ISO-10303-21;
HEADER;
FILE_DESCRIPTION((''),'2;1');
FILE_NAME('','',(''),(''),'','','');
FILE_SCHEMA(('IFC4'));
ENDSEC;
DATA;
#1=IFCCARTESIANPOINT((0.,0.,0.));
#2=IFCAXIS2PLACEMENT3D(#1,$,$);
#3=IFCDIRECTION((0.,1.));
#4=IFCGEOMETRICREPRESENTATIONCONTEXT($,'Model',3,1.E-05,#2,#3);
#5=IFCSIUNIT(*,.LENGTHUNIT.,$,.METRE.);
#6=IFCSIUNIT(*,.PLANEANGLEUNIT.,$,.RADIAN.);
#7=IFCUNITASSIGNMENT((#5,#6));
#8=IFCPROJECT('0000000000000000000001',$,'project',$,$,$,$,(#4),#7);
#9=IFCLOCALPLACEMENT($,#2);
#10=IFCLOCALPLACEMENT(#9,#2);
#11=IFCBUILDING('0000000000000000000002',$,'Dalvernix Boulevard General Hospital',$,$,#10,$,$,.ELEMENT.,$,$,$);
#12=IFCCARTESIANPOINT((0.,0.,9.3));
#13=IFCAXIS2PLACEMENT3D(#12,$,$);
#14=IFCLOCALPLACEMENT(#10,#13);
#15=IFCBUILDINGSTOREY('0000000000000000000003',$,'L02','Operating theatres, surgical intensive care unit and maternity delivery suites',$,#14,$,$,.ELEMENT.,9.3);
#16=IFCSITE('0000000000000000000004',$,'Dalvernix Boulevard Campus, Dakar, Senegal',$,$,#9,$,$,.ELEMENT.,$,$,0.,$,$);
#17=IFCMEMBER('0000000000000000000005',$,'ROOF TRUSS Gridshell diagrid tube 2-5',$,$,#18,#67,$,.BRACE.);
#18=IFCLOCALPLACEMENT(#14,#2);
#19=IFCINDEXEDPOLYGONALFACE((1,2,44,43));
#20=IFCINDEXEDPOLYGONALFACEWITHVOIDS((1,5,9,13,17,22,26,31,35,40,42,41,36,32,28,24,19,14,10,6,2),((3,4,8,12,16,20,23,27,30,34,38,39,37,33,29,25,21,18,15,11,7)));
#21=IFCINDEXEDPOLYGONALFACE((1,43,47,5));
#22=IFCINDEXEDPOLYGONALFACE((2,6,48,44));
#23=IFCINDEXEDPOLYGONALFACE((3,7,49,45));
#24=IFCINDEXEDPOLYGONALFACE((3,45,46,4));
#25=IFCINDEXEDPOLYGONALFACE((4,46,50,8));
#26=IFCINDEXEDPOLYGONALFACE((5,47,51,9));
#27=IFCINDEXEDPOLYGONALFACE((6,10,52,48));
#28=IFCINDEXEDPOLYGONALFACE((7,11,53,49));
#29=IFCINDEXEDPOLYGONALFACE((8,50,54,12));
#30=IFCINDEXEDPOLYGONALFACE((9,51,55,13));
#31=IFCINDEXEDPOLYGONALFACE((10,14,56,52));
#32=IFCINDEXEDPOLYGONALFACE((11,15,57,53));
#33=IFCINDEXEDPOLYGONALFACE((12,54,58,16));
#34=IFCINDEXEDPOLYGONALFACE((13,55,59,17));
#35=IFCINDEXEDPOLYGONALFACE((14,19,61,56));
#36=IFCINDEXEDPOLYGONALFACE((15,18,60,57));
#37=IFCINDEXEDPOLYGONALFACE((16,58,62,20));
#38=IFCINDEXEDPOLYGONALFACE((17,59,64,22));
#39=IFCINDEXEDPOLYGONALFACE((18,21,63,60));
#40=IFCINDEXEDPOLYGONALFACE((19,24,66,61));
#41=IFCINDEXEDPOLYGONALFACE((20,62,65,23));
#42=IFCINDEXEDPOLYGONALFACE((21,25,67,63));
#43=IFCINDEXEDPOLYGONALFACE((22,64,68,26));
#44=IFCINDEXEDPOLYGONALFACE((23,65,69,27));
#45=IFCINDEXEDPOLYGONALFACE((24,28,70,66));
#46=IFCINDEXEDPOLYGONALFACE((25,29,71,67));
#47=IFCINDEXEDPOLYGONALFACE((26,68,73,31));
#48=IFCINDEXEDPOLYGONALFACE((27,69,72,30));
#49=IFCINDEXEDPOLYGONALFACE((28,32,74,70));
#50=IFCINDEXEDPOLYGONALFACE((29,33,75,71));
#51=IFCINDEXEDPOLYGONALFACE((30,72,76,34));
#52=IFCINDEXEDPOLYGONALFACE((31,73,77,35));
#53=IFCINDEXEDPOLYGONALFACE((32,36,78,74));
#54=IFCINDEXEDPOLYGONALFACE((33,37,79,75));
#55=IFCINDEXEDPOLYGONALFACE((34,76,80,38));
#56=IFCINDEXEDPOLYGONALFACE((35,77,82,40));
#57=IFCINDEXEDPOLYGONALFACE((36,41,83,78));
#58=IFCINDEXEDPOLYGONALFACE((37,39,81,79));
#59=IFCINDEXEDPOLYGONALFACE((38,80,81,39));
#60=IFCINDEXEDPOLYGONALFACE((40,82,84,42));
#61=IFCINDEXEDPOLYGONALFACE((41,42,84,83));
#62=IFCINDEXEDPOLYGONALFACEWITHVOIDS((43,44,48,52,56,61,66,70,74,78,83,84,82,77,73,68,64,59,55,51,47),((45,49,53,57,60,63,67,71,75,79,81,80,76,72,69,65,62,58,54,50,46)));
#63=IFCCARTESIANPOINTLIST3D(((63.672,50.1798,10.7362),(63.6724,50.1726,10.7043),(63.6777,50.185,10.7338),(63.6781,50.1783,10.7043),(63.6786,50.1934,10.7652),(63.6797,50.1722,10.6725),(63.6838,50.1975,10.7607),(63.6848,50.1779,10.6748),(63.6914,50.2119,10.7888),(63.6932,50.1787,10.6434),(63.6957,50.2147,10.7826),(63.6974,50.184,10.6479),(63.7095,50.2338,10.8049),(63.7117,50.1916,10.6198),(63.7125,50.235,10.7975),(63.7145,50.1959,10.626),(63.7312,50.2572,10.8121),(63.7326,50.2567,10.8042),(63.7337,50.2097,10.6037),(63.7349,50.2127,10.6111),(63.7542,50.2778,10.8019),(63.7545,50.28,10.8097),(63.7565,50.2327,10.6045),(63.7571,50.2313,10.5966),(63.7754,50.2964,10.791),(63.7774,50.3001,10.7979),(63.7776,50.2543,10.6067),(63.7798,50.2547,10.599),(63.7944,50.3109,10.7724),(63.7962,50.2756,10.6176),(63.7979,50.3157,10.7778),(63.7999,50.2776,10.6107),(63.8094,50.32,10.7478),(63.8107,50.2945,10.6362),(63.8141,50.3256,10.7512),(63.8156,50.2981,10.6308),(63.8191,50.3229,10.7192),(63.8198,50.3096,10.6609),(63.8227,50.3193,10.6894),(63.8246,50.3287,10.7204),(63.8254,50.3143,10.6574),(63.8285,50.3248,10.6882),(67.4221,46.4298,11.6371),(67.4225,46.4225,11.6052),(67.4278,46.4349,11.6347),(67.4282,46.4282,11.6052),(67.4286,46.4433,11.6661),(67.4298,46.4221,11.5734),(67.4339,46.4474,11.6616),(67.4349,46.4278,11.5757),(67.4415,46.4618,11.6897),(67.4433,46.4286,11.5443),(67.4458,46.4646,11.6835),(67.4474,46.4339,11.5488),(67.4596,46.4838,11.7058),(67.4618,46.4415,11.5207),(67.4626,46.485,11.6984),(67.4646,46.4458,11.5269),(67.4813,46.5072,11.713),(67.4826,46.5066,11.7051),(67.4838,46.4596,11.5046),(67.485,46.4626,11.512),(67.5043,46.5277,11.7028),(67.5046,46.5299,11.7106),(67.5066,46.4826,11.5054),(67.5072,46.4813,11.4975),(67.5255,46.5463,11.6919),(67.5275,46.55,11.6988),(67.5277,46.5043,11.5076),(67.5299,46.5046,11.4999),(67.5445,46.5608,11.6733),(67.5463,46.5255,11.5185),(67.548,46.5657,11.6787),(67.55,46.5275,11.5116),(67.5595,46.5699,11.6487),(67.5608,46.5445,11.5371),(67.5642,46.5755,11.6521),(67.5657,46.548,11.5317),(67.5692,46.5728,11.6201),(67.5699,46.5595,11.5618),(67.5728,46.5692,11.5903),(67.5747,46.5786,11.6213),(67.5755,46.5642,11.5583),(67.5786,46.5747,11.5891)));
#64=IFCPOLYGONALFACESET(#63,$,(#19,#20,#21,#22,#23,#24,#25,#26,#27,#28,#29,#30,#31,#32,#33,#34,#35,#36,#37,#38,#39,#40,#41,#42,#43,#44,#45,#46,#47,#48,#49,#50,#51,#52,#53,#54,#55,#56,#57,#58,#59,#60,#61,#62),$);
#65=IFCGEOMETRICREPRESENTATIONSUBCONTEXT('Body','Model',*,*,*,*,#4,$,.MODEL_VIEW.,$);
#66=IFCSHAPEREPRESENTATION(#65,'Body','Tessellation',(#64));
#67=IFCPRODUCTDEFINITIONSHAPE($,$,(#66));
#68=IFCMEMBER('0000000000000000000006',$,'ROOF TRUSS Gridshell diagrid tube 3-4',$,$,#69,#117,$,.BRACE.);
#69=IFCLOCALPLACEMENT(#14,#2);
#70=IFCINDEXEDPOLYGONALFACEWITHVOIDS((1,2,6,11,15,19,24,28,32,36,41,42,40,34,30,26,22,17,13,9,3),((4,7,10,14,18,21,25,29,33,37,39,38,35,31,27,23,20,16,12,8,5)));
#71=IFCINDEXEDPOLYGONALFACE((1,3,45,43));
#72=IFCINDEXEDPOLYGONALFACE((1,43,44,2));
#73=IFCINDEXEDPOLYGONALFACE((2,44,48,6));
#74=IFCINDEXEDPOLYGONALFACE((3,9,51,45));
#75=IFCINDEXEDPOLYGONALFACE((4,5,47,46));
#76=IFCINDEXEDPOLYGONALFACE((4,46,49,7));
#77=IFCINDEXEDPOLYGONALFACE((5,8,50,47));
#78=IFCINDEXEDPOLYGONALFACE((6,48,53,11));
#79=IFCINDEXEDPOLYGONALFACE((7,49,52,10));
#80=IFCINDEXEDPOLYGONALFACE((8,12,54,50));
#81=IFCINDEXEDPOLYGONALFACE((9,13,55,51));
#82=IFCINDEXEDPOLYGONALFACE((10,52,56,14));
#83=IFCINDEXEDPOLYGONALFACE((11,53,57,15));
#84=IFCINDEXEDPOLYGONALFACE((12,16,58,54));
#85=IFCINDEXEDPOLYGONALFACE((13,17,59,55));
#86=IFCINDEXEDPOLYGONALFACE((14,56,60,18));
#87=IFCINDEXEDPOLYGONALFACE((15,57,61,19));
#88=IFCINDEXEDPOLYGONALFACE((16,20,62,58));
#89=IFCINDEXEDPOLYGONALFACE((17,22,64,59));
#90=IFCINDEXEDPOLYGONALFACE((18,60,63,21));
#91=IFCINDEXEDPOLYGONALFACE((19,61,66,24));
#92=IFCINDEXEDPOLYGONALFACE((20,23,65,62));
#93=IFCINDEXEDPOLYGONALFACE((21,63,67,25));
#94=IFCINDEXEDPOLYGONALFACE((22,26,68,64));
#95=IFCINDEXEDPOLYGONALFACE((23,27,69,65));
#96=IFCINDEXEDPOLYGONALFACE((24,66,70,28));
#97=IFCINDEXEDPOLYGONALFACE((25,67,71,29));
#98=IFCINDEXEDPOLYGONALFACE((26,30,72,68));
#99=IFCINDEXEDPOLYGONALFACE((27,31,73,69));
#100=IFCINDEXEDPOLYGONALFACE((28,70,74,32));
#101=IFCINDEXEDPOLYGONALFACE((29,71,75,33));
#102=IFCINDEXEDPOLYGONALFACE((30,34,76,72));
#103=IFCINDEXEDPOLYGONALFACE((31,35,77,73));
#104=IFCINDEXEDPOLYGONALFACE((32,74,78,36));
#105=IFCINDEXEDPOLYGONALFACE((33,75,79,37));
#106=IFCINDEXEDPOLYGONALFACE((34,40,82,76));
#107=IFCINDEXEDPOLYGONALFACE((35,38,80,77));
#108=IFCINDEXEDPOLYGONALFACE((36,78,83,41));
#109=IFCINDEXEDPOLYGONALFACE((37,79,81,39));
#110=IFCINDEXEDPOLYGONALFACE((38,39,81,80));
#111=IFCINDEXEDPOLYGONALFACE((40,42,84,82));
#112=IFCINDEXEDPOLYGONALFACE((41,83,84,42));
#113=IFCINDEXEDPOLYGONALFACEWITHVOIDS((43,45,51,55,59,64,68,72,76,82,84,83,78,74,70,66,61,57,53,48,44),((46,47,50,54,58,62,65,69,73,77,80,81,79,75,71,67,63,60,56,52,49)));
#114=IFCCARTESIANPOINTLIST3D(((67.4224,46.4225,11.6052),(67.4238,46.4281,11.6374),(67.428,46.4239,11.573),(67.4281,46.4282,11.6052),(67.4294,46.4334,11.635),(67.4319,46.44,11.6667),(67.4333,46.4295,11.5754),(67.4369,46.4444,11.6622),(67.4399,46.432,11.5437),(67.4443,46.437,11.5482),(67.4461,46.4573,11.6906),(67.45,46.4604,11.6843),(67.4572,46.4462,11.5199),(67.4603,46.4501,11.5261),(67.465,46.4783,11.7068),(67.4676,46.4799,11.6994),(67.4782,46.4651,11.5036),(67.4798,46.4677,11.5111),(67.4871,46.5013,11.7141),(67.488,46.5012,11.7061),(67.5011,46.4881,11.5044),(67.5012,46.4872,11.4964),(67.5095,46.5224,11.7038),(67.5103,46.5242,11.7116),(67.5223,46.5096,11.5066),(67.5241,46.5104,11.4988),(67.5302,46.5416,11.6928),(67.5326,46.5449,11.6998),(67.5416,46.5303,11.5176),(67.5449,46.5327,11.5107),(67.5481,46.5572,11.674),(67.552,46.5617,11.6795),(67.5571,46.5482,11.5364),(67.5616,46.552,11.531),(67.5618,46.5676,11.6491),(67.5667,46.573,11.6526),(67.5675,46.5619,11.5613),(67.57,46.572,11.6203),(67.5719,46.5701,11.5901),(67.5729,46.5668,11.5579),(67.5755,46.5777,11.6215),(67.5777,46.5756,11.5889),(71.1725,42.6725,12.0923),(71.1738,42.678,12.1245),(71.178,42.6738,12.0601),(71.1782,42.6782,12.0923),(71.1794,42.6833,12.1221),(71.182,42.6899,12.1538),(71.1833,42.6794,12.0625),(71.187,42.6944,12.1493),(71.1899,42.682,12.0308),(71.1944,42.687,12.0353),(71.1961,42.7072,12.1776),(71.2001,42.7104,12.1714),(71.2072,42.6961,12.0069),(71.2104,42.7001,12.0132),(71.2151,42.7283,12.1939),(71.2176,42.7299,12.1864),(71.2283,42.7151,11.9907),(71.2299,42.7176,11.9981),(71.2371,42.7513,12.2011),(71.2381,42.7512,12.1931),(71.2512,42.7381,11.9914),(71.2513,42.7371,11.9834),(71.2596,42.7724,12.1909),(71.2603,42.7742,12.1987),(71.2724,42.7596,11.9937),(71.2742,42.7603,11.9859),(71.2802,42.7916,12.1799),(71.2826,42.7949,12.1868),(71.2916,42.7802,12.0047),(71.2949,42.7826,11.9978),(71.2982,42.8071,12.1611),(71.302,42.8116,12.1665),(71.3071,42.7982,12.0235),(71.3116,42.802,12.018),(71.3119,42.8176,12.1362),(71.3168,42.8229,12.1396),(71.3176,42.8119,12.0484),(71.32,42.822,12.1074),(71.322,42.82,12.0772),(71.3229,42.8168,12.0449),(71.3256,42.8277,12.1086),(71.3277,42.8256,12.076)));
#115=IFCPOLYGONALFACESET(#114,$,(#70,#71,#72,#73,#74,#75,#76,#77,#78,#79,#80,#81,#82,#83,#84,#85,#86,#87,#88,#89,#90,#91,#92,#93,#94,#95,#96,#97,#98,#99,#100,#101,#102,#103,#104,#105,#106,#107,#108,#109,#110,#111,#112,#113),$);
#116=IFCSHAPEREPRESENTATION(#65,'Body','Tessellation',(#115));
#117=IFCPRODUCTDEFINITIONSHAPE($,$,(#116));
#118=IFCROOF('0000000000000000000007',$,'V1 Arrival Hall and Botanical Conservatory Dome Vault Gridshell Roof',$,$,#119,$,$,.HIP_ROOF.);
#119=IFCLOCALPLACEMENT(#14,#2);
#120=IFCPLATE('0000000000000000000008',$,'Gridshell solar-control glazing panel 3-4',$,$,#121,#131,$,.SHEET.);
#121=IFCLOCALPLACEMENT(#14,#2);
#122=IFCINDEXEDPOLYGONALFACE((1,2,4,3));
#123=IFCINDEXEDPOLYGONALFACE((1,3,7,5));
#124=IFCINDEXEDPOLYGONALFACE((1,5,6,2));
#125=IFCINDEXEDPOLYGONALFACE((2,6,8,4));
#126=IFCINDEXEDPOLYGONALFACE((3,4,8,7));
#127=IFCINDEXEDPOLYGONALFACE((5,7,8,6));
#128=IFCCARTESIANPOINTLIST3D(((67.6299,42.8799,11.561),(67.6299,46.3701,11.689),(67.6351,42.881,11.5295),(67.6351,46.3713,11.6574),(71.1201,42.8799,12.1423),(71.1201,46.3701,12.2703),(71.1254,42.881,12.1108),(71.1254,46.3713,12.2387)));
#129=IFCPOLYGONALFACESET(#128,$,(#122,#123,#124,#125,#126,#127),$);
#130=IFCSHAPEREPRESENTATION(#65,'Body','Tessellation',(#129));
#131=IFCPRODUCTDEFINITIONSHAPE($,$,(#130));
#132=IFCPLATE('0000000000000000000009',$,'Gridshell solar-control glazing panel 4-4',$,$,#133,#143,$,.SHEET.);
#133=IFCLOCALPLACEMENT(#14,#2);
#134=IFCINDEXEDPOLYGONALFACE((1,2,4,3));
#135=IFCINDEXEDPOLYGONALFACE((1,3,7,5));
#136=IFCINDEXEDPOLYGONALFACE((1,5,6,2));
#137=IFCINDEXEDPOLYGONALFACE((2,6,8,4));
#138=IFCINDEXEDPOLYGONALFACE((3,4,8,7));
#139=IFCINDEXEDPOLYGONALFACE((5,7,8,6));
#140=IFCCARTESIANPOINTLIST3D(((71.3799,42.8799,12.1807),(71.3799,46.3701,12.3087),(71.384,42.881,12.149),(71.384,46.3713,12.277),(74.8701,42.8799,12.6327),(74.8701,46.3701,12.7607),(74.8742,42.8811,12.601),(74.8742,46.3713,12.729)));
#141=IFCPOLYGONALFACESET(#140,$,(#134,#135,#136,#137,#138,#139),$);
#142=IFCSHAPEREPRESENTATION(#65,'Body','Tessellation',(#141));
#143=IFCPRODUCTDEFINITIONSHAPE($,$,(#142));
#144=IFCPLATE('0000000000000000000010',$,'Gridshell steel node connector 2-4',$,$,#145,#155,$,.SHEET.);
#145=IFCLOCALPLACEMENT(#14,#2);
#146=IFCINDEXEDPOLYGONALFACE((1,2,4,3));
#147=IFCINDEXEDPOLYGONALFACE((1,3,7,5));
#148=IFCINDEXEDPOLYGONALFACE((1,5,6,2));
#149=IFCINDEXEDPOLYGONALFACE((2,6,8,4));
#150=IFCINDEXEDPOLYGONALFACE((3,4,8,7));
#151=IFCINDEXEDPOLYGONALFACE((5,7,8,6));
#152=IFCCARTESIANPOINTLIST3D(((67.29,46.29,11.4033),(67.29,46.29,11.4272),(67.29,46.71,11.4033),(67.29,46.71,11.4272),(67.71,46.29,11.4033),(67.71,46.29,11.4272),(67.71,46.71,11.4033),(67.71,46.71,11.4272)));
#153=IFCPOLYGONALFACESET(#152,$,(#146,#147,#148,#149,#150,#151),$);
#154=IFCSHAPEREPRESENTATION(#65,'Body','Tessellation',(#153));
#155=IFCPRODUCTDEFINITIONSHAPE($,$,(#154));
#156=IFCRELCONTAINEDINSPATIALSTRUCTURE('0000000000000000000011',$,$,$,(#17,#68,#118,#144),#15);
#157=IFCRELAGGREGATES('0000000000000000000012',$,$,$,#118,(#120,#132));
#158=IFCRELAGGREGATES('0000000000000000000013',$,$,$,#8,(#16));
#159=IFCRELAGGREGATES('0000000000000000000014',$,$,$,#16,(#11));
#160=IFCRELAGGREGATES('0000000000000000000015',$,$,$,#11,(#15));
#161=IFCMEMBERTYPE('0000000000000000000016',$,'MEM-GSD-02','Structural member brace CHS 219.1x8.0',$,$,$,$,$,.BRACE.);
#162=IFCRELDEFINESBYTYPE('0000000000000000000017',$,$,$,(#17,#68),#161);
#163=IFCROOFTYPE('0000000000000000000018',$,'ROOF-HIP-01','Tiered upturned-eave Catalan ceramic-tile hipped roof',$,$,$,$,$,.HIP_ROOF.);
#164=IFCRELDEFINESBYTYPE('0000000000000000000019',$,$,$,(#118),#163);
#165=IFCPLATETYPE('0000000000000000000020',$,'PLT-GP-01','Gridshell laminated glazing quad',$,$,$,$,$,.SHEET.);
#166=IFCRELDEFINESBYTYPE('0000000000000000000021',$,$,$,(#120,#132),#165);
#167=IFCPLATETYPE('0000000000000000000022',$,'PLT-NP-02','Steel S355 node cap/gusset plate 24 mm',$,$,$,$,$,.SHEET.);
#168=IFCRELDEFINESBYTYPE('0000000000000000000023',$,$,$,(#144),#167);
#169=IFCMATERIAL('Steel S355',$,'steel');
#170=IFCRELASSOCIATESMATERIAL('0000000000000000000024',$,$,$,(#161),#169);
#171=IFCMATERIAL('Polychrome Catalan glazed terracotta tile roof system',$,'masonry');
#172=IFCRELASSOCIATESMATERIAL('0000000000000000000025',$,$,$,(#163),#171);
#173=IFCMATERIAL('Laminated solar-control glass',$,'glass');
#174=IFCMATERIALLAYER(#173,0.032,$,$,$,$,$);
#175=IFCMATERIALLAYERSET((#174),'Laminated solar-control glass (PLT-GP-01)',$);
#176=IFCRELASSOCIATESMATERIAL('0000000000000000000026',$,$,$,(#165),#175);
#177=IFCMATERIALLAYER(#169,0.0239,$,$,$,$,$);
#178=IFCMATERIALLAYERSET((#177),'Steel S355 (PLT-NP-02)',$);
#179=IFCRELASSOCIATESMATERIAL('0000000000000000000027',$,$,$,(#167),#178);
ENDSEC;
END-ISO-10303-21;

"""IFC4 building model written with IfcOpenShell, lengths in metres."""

from ifc_helpers import new_model, si_unit, direction, frame, origin, origin_2d, place, context, subcontext, project, spatial, polyline, rectangle, hollow_circle, outline, extrude, material, layer, layer_set, material_profile, profile_set, type_object, element, aggregate, save


model = new_model("IFC4")

# Units and contexts
model_context = context("Model", 3, precision=1e-05, world=origin(), true_north=direction((0.0, 1.0)))
body_context = subcontext(model_context, "Body", "Model", "MODEL_VIEW")
ifc_project = project(units=[si_unit("LENGTHUNIT", "METRE"), si_unit("PLANEANGLEUNIT", "RADIAN")], contexts=[model_context])

# Site, building, storey
site_placement = place(None, origin())
site = spatial("IfcSite", under=ifc_project, at=site_placement, Name="Dalvernix Boulevard Campus, Dakar, Senegal", CompositionType="ELEMENT", RefElevation=0.0)
building_placement = place(site_placement, origin())
building = spatial("IfcBuilding", under=site, at=building_placement, Name="Dalvernix Boulevard General Hospital", CompositionType="ELEMENT")
storey_placement = place(building_placement, frame((0.0, 0.0, 9.3)))
storey = spatial("IfcBuildingStorey", under=building, at=storey_placement, Name="L02", Description="Operating theatres, surgical intensive care unit and maternity delivery suites", CompositionType="ELEMENT", Elevation=9.3)

# Shared definitions
ifc_material_1 = material(Name="Steel S355", Category="steel")

# Members
ifc_material_profile_1 = material_profile(ifc_material_1, hollow_circle(Radius=0.1096, WallThickness=0.0081, at=origin_2d()), Name="CHS 219.1x8.0")
ifc_profile_set_1 = profile_set([ifc_material_profile_1], Name="Steel S355")
member_type_1 = type_object("IfcMemberType", Name="MEM-GSD-02", Description="Structural member brace CHS 219.1x8.0", PredefinedType="BRACE", material=ifc_profile_set_1)
member_1_placement = place(storey_placement, frame((67.5, 46.5, 11.6052), z_axis=(-0.69712, 0.69712, -0.167472), x_axis=(-0.707107, -0.707107, 0.0)))
element("IfcMember", 1, at=member_1_placement, inside=storey, type_object=member_type_1, Name="ROOF TRUSS Gridshell diagrid tube 2-5", PredefinedType="BRACE", context=body_context, shape_type="SweptSolid", body=[
    extrude(hollow_circle(Radius=0.1096, WallThickness=0.0081, at=origin_2d()), origin(), (0.0, 0.0, 1.0), 5.3794),
])
member_2_placement = place(storey_placement, frame((71.25, 42.75, 12.0923), z_axis=(-0.704143, 0.704143, -0.091456), x_axis=(-0.707107, -0.707107, 0.0)))
element("IfcMember", 2, at=member_2_placement, inside=storey, type_object=member_type_1, Name="ROOF TRUSS Gridshell diagrid tube 3-4", PredefinedType="BRACE", context=body_context, shape_type="SweptSolid", body=[
    extrude(hollow_circle(Radius=0.1096, WallThickness=0.0081, at=origin_2d()), origin(), (0.0, 0.0, 1.0), 5.3257),
])

# Roof, plates
ifc_material_2 = material(Name="Polychrome Catalan glazed terracotta tile roof system", Category="masonry")
roof_type = type_object("IfcRoofType", Name="ROOF-HIP-01", Description="Tiered upturned-eave Catalan ceramic-tile hipped roof", PredefinedType="HIP_ROOF", material=ifc_material_2)
roof_placement = place(storey_placement, origin())
roof = element("IfcRoof", 3, at=roof_placement, inside=storey, type_object=roof_type, Name="V1 Arrival Hall and Botanical Conservatory Dome Vault Gridshell Roof", PredefinedType="HIP_ROOF")
ifc_material_3 = material(Name="Laminated solar-control glass", Category="glass")
ifc_layer_1 = layer(ifc_material_3, 0.032)
ifc_layer_set_1 = layer_set([ifc_layer_1], Name="Laminated solar-control glass (PLT-GP-01)")
plate_type_1 = type_object("IfcPlateType", Name="PLT-GP-01", Description="Gridshell laminated glazing quad", PredefinedType="SHEET", material=ifc_layer_set_1)
plate_1_placement = place(storey_placement, frame((67.6299, 42.8799, 11.561), z_axis=(-0.16418, -0.036132, 0.985768), x_axis=(0.986413, 0.0, 0.164287)))
plate_1 = element("IfcPlate", 4, at=plate_1_placement, type_object=plate_type_1, Name="Gridshell solar-control glazing panel 3-4", PredefinedType="SHEET", context=body_context, shape_type="SweptSolid", body=[
    extrude(outline(polyline([(0.0, 0.0), (3.5383, 0.0), (3.5593, 3.4925), (0.021, 3.4925), (0.0, 0.0)])), origin(), (0.0, 0.0, -1.0), 0.032),
])
plate_2_placement = place(storey_placement, frame((71.3799, 42.8799, 12.1807), z_axis=(-0.128354, -0.036361, 0.991062), x_axis=(0.991717, 0.000001, 0.128439)))
plate_2 = element("IfcPlate", 5, at=plate_2_placement, type_object=plate_type_1, Name="Gridshell solar-control glazing panel 4-4", PredefinedType="SHEET", context=body_context, shape_type="SweptSolid", body=[
    extrude(outline(polyline([(0.0, 0.0), (3.5194, 0.0), (3.5358, 3.4925), (0.0165, 3.4925), (0.0, 0.0)])), origin(), (0.0, 0.0, -1.0), 0.032),
])
aggregate(roof, [plate_1, plate_2])

# Plate
ifc_layer_2 = layer(ifc_material_1, 0.0239)
ifc_layer_set_2 = layer_set([ifc_layer_2], Name="Steel S355 (PLT-NP-02)")
plate_type_2 = type_object("IfcPlateType", Name="PLT-NP-02", Description="Steel S355 node cap/gusset plate 24 mm", PredefinedType="SHEET", material=ifc_layer_set_2)
plate_3_placement = place(storey_placement, frame((67.5, 46.5, 11.4033), z_axis=(0.0, 0.0, 1.0), x_axis=(1.0, 0.0, 0.0)))
element("IfcPlate", 6, at=plate_3_placement, inside=storey, type_object=plate_type_2, Name="Gridshell steel node connector 2-4", PredefinedType="SHEET", context=body_context, shape_type="SweptSolid", body=[
    extrude(rectangle(XDim=0.4199, YDim=0.4199, at=origin_2d()), origin(), (0.0, 0.0, 1.0), 0.0239),
])

save(model, "model.ifc")
